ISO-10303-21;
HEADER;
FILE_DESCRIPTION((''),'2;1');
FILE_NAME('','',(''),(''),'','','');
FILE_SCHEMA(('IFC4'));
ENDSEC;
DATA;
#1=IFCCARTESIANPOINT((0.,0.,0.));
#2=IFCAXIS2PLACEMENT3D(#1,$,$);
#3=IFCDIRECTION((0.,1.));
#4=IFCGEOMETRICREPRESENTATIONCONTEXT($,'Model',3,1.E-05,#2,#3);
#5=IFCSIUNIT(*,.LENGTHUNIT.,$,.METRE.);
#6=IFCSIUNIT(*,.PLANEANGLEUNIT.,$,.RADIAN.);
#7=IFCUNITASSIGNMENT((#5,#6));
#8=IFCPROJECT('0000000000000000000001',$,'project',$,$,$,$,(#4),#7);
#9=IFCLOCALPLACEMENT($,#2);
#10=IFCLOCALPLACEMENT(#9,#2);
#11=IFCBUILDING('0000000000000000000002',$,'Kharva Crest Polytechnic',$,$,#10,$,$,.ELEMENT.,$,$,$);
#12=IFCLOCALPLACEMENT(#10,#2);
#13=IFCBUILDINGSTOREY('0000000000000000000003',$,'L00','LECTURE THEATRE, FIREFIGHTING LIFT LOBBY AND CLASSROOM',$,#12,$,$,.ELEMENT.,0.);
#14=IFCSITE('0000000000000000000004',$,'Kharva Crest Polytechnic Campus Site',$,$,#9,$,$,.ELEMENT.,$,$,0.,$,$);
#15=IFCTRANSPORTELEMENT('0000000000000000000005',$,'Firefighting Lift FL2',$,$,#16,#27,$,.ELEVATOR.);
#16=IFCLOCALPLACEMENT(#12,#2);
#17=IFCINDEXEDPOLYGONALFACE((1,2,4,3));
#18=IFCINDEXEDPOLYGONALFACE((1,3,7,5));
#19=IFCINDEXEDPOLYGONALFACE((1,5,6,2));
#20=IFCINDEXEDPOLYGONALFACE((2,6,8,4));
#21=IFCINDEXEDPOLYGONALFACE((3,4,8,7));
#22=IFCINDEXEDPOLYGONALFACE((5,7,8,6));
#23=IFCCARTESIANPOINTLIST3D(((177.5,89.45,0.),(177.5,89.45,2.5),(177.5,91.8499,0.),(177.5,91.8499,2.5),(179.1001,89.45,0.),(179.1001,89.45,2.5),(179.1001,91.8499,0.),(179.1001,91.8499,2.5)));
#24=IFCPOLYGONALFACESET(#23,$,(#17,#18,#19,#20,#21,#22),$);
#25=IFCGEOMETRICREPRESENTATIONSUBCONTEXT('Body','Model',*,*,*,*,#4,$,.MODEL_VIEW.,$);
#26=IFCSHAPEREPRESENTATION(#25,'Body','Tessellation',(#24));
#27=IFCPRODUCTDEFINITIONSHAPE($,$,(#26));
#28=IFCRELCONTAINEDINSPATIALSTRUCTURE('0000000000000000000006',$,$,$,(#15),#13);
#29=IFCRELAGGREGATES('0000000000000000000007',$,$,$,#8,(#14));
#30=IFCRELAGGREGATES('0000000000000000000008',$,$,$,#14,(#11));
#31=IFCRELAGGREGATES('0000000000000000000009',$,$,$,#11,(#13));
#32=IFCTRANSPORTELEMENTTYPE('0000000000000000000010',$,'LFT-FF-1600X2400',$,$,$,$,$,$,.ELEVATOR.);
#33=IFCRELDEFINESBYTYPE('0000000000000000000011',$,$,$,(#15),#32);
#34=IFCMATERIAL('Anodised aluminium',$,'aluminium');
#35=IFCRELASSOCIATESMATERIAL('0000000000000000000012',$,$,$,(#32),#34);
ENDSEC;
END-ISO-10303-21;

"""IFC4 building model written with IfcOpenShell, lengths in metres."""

from ifc_helpers import new_model, si_unit, direction, frame, origin, origin_2d, place, context, subcontext, project, spatial, rectangle, extrude, material, type_object, element, save


model = new_model("IFC4")

# Units and contexts
model_context = context("Model", 3, precision=1e-05, world=origin(), true_north=direction((0.0, 1.0)))
body_context = subcontext(model_context, "Body", "Model", "MODEL_VIEW")
ifc_project = project(units=[si_unit("LENGTHUNIT", "METRE"), si_unit("PLANEANGLEUNIT", "RADIAN")], contexts=[model_context])

# Site, building, storey
site_placement = place(None, origin())
site = spatial("IfcSite", under=ifc_project, at=site_placement, Name="Kharva Crest Polytechnic Campus Site", CompositionType="ELEMENT", RefElevation=0.0)
building_placement = place(site_placement, origin())
building = spatial("IfcBuilding", under=site, at=building_placement, Name="Kharva Crest Polytechnic", CompositionType="ELEMENT")
storey_placement = place(building_placement, origin())
storey = spatial("IfcBuildingStorey", under=building, at=storey_placement, Name="L00", Description="LECTURE THEATRE, FIREFIGHTING LIFT LOBBY AND CLASSROOM", CompositionType="ELEMENT", Elevation=0.0)

# Shared definitions
ifc_material_1 = material(Name="Anodised aluminium", Category="aluminium")

# Transport element
transport_element_type = type_object("IfcTransportElementType", Name="LFT-FF-1600X2400", PredefinedType="ELEVATOR", material=ifc_material_1)
transport_element_placement = place(storey_placement, frame((178.3, 90.6499, 0.0), z_axis=(0.0, 0.0, 1.0), x_axis=(1.0, 0.0, 0.0)))
element("IfcTransportElement", 1, at=transport_element_placement, inside=storey, type_object=transport_element_type, Name="Firefighting Lift FL2", PredefinedType="ELEVATOR", context=body_context, shape_type="SweptSolid", body=[
    extrude(rectangle(XDim=1.6001, YDim=2.3999, at=origin_2d()), origin(), (0.0, 0.0, 1.0), 2.5),
])

save(model, "model.ifc")
